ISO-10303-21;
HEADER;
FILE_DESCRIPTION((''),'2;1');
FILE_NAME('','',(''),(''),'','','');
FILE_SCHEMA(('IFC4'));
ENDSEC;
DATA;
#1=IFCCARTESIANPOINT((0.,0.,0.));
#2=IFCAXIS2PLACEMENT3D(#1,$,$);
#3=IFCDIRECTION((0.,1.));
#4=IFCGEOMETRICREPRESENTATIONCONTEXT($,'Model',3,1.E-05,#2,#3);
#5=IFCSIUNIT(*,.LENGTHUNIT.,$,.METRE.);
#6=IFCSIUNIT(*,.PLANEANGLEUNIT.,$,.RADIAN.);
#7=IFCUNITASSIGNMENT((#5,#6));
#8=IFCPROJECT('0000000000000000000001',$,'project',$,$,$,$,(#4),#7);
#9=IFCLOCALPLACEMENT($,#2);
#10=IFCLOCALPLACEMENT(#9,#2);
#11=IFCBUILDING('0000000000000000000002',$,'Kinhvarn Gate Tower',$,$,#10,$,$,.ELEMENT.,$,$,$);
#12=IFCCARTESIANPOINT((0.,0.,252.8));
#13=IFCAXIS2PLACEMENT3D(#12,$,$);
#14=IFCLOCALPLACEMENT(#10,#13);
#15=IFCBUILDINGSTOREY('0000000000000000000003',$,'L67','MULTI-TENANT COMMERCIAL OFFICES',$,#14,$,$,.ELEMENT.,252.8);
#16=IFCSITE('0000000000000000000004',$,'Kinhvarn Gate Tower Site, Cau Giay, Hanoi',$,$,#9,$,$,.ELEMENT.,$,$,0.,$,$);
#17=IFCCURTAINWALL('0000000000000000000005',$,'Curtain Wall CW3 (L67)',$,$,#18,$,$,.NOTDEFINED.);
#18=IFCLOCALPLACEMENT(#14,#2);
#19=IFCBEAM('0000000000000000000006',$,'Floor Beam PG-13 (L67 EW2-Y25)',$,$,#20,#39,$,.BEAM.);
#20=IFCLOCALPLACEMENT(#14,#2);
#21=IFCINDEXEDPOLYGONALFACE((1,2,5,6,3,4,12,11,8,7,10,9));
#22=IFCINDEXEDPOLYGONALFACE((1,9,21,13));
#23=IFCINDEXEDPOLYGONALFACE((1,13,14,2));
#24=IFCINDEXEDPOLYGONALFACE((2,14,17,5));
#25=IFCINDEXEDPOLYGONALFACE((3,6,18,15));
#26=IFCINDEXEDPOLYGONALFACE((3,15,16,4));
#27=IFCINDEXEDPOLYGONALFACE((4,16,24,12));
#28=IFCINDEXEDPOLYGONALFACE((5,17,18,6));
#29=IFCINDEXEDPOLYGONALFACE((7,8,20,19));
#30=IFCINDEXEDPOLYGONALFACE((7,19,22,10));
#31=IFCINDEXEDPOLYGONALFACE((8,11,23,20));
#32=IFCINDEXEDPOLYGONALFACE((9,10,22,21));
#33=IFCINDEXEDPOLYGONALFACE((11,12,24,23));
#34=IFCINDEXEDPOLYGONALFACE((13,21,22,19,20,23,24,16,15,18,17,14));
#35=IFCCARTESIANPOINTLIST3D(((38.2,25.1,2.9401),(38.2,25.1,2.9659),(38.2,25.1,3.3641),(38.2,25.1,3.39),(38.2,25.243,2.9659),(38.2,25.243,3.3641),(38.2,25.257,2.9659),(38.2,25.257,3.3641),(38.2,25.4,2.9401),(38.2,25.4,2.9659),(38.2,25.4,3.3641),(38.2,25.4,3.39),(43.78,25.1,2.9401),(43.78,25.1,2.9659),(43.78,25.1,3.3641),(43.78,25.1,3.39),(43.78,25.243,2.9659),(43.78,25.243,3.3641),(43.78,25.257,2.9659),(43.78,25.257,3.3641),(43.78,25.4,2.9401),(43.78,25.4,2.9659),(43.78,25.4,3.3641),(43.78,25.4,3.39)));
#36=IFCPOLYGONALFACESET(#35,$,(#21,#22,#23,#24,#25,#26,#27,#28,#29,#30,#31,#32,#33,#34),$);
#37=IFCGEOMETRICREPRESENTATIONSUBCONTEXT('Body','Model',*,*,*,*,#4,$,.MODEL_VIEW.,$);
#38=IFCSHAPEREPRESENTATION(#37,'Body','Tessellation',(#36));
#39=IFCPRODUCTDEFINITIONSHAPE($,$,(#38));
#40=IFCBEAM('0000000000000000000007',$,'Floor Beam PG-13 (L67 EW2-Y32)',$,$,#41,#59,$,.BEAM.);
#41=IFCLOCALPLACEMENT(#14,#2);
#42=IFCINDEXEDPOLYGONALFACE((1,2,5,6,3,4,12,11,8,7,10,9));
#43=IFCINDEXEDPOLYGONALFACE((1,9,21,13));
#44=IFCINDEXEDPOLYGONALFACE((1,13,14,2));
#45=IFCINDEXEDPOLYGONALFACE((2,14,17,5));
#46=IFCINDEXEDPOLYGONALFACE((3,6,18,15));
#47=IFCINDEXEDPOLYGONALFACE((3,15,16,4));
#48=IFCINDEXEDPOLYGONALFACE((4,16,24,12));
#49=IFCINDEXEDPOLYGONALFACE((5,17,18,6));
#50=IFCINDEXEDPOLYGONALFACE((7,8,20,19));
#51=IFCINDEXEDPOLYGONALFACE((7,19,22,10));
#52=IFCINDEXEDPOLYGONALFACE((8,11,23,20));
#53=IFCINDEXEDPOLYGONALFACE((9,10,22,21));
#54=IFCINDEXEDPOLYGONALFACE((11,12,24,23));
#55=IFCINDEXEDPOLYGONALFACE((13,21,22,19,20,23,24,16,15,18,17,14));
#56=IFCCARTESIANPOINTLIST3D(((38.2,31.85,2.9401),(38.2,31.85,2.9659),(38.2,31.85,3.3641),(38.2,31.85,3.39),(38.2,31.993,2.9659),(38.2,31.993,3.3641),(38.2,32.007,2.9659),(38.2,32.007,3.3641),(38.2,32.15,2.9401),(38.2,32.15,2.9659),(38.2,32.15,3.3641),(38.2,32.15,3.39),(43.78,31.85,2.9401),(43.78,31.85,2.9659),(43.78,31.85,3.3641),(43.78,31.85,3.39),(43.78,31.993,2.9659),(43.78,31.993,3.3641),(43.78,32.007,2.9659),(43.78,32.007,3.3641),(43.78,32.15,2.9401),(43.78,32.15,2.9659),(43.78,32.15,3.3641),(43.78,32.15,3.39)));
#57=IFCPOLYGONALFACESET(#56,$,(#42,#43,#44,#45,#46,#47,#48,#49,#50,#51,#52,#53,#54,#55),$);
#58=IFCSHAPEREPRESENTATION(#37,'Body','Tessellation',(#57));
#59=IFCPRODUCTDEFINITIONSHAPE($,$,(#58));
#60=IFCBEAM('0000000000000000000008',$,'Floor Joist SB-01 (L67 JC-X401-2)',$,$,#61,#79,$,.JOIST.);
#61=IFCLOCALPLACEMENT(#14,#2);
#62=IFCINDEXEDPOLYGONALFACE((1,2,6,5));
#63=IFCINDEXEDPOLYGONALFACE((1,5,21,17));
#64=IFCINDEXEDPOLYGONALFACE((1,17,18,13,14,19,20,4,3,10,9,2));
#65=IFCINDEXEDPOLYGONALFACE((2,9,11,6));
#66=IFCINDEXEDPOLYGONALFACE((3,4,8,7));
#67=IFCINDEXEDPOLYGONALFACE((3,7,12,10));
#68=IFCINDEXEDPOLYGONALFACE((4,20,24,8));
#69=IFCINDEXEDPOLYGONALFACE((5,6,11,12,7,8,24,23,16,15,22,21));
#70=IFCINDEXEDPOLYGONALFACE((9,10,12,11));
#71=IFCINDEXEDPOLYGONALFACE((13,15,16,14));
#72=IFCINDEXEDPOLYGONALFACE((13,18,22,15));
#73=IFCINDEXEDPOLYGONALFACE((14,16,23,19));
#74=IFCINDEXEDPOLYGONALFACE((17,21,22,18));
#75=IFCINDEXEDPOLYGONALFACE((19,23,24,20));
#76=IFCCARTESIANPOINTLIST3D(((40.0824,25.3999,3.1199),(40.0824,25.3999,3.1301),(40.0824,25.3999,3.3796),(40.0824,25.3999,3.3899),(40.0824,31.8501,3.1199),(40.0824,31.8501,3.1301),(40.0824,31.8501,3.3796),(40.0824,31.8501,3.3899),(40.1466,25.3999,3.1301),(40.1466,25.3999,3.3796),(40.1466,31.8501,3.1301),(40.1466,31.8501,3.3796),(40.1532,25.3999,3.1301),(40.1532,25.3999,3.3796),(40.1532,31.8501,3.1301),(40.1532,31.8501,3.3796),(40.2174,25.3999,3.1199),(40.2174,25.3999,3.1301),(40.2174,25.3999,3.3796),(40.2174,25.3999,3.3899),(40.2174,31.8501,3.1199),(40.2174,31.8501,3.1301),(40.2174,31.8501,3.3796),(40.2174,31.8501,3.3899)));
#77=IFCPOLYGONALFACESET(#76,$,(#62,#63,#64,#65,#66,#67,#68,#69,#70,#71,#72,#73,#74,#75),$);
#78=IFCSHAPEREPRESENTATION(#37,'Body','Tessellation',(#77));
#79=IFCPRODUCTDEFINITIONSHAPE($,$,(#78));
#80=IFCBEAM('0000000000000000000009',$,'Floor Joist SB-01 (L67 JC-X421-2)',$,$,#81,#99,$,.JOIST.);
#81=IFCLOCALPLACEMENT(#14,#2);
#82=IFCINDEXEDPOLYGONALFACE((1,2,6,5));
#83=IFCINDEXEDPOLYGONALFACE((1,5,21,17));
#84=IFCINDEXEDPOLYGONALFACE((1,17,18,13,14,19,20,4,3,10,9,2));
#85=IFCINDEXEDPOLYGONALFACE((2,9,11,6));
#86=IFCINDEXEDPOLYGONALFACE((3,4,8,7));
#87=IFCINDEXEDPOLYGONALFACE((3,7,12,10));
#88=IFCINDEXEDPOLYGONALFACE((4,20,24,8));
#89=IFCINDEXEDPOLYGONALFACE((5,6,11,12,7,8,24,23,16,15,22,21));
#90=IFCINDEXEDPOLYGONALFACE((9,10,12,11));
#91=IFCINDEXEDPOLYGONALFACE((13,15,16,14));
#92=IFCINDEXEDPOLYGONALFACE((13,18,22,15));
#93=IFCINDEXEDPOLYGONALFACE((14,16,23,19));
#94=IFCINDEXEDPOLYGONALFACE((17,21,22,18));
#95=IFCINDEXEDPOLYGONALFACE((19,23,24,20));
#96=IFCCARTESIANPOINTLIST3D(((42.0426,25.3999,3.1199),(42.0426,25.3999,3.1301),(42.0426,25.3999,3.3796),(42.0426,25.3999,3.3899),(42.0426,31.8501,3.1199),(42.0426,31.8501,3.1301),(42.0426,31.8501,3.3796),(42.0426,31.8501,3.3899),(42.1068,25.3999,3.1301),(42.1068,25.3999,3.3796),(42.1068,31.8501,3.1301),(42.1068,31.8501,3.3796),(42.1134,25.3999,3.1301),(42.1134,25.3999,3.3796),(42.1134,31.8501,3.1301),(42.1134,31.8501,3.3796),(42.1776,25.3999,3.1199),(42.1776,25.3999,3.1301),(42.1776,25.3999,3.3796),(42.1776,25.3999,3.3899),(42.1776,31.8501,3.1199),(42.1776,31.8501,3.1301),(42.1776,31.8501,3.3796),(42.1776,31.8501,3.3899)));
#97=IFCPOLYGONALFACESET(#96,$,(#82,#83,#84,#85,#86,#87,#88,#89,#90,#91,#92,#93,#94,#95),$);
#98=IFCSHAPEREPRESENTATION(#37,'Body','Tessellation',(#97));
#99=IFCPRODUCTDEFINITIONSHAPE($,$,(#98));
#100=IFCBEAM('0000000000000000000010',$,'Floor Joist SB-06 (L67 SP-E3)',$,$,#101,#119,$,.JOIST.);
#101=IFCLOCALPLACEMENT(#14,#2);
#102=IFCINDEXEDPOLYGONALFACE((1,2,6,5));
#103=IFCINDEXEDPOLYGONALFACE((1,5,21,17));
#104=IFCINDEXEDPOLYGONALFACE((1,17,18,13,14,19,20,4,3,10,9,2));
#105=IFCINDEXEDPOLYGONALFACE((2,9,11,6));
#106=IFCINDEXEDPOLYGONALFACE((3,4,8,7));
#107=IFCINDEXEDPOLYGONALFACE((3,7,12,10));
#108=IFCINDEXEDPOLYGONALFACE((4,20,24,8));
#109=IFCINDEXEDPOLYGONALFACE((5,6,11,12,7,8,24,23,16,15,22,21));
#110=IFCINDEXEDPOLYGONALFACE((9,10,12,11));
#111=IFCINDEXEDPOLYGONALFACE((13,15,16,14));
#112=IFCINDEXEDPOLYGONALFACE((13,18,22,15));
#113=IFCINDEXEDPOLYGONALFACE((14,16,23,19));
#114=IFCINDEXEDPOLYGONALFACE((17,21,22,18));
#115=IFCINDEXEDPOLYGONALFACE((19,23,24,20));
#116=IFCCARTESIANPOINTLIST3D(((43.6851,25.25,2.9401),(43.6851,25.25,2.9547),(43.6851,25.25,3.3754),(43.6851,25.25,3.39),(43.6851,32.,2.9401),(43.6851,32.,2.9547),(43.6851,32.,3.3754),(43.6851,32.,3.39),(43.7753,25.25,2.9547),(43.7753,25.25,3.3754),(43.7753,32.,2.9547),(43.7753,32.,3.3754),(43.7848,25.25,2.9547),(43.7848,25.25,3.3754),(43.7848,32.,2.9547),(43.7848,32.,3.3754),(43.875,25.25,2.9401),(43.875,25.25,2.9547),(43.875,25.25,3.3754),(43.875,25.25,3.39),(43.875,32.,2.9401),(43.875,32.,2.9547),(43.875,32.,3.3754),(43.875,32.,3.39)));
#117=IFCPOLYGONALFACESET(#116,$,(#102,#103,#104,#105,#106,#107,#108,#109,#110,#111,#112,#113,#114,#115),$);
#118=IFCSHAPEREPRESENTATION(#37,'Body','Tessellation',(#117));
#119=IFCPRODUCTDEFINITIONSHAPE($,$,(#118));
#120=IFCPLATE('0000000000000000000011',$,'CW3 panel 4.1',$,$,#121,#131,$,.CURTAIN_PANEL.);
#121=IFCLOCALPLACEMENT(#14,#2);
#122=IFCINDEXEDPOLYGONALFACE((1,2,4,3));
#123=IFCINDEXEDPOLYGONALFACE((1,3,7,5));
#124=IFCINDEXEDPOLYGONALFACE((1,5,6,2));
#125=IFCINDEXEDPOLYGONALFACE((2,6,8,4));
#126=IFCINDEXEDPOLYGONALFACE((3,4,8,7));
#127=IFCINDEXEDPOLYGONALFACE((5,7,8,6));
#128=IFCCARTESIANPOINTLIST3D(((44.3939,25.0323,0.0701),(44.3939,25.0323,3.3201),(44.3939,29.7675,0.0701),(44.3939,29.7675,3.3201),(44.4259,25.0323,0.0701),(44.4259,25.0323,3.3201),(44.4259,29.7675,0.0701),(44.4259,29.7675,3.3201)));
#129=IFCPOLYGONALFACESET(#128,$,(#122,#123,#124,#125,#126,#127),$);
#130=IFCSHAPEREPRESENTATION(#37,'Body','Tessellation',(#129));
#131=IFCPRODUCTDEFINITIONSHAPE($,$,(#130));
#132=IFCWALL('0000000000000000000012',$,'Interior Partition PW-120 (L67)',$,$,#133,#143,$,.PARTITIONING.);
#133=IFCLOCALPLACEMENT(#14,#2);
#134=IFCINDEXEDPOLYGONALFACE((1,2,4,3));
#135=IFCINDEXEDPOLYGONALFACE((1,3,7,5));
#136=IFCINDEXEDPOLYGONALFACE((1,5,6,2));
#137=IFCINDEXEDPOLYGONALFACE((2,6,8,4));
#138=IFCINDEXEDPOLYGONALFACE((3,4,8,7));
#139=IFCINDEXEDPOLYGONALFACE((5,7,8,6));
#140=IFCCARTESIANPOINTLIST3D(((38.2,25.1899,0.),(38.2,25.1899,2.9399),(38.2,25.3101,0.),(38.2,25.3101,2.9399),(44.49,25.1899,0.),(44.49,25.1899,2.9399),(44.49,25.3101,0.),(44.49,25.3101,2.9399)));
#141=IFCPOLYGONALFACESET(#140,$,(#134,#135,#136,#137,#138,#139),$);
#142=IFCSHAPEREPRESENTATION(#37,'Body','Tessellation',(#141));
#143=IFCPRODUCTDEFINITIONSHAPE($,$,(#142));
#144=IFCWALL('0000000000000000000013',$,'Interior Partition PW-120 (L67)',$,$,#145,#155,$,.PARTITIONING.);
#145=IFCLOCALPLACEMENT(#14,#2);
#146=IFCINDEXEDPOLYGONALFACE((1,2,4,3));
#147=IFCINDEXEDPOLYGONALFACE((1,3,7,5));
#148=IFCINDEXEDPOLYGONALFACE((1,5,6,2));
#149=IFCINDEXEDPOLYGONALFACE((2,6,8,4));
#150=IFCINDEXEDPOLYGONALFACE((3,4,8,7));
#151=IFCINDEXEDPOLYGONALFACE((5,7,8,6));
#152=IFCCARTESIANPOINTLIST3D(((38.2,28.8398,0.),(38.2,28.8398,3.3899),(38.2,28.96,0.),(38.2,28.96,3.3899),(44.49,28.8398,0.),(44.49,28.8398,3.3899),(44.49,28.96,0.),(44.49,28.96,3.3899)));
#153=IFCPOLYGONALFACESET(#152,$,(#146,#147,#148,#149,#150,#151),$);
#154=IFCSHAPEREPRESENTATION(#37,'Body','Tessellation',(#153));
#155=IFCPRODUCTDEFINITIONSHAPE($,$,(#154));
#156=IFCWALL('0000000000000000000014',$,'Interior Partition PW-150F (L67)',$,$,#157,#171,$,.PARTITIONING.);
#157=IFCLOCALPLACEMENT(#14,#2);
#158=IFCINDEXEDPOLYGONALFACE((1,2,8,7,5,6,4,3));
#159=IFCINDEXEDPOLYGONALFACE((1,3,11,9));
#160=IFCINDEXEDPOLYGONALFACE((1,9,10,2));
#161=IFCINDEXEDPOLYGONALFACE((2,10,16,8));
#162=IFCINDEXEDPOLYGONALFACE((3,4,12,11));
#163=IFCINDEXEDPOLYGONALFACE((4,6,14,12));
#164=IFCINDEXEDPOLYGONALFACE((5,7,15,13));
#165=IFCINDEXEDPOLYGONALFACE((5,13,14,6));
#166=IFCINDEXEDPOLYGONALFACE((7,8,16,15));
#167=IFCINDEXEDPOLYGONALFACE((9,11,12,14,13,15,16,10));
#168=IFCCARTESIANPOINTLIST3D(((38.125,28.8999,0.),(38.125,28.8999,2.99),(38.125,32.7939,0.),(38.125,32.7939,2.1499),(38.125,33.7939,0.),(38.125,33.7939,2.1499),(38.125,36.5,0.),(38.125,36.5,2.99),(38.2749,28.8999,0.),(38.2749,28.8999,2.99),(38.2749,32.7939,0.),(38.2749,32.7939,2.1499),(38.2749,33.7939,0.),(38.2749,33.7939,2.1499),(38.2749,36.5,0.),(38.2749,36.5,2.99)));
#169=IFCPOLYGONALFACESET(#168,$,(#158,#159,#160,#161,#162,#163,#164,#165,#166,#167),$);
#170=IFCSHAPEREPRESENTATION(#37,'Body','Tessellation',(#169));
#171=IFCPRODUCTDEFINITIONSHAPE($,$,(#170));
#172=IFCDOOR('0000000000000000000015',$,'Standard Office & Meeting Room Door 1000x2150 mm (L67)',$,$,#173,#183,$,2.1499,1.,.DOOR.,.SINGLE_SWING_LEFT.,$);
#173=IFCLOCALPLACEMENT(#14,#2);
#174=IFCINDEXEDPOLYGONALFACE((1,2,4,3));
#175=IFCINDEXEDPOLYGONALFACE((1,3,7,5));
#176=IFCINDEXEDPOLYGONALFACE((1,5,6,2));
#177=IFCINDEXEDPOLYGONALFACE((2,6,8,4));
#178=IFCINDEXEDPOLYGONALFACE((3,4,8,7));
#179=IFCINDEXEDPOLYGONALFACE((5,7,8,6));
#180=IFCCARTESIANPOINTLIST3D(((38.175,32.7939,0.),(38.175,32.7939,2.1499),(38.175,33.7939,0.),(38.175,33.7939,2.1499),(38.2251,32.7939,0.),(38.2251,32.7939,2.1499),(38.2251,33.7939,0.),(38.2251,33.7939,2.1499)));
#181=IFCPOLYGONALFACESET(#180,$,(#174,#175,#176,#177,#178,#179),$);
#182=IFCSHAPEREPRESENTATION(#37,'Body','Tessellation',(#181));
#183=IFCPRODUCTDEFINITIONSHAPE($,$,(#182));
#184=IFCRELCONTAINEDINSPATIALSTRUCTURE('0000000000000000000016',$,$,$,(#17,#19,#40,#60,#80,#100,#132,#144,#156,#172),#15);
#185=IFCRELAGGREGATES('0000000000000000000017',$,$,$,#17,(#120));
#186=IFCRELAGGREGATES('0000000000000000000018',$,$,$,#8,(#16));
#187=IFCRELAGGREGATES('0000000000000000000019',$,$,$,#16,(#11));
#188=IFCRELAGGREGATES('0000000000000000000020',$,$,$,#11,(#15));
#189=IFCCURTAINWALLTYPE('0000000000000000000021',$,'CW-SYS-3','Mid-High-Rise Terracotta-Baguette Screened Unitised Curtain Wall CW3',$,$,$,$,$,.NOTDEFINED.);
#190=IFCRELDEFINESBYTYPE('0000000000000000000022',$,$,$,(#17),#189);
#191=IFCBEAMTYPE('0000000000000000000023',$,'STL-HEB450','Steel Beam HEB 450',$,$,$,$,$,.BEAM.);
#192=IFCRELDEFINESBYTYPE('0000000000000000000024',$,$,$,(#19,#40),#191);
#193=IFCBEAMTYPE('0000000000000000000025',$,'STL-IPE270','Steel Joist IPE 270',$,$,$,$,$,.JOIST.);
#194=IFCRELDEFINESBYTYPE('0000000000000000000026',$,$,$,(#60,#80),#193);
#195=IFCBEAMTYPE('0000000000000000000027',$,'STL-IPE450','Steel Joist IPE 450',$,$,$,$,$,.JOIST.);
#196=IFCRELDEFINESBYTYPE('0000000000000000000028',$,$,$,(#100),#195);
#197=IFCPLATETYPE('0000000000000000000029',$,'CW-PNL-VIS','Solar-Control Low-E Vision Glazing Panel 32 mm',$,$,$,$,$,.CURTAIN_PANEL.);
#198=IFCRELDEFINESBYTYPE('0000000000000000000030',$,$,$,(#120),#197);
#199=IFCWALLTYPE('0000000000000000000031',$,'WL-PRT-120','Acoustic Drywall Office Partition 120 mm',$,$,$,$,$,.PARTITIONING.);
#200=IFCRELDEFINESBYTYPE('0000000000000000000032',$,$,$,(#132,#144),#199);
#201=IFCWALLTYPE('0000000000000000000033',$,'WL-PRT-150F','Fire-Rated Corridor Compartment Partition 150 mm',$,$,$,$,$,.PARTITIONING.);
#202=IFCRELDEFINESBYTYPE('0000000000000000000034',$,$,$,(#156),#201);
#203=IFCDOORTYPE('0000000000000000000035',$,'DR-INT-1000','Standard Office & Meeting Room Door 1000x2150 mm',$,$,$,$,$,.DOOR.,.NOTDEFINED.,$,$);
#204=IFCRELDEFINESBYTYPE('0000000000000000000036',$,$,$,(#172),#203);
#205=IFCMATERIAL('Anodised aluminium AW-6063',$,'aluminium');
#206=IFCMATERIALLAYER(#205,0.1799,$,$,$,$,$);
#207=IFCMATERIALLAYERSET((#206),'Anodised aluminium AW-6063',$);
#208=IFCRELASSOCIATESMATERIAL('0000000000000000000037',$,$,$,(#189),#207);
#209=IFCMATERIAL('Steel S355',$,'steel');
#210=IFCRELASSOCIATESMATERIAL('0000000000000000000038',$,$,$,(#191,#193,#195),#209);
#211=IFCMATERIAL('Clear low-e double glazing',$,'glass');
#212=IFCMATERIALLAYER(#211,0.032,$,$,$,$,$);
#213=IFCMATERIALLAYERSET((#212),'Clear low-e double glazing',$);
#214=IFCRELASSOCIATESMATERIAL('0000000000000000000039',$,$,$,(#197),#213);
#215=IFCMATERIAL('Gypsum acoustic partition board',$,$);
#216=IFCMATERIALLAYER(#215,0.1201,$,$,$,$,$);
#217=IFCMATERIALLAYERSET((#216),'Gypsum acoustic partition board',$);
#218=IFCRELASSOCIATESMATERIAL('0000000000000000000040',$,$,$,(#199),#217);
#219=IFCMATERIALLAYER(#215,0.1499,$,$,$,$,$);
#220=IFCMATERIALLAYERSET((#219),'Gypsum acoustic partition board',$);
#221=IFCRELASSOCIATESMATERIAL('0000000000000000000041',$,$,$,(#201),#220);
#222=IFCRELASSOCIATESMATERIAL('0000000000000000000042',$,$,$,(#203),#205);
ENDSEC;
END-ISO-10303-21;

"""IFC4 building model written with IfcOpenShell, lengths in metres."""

from ifc_helpers import new_model, si_unit, direction, frame, frame_2d, origin, origin_2d, place, context, subcontext, project, spatial, rectangle, i_section, extrude, material, layer, layer_set, material_profile, profile_set, type_object, element, fill, aggregate, save


model = new_model("IFC4")

# Units and contexts
model_context = context("Model", 3, precision=1e-05, world=origin(), true_north=direction((0.0, 1.0)))
body_context = subcontext(model_context, "Body", "Model", "MODEL_VIEW")
ifc_project = project(units=[si_unit("LENGTHUNIT", "METRE"), si_unit("PLANEANGLEUNIT", "RADIAN")], contexts=[model_context])

# Site, building, storey
site_placement = place(None, origin())
site = spatial("IfcSite", under=ifc_project, at=site_placement, Name="Kinhvarn Gate Tower Site, Cau Giay, Hanoi", CompositionType="ELEMENT", RefElevation=0.0)
building_placement = place(site_placement, origin())
building = spatial("IfcBuilding", under=site, at=building_placement, Name="Kinhvarn Gate Tower", CompositionType="ELEMENT")
storey_placement = place(building_placement, frame((0.0, 0.0, 252.8)))
storey = spatial("IfcBuildingStorey", under=building, at=storey_placement, Name="L67", Description="MULTI-TENANT COMMERCIAL OFFICES", CompositionType="ELEMENT", Elevation=252.8)

# Curtain wall
ifc_material_1 = material(Name="Anodised aluminium AW-6063", Category="aluminium")
ifc_layer_1 = layer(ifc_material_1, 0.1799)
ifc_layer_set_1 = layer_set([ifc_layer_1], Name="Anodised aluminium AW-6063")
curtain_wall_type = type_object("IfcCurtainWallType", Name="CW-SYS-3", Description="Mid-High-Rise Terracotta-Baguette Screened Unitised Curtain Wall CW3", PredefinedType="NOTDEFINED", material=ifc_layer_set_1)
curtain_wall_placement = place(storey_placement, origin())
curtain_wall = element("IfcCurtainWall", 1, at=curtain_wall_placement, inside=storey, type_object=curtain_wall_type, Name="Curtain Wall CW3 (L67)", PredefinedType="NOTDEFINED")

# Beams
ifc_material_2 = material(Name="Steel S355", Category="steel")
ifc_material_profile_1 = material_profile(ifc_material_2, i_section(OverallWidth=0.3, OverallDepth=0.45, WebThickness=0.0139, FlangeThickness=0.0259, at=origin_2d()), Name="HEB 450")
ifc_profile_set_1 = profile_set([ifc_material_profile_1], Name="Steel S355")
beam_type_1 = type_object("IfcBeamType", Name="STL-HEB450", Description="Steel Beam HEB 450", PredefinedType="BEAM", material=ifc_profile_set_1)
for number, where, z_axis, x_axis, name in (
    (2, (38.2, 25.25, 3.165), (1.0, 0.0, 0.0), (0.0, 1.0, 0.0), "Floor Beam PG-13 (L67 EW2-Y25)"),
    (3, (38.2, 32.0, 3.165), (1.0, 0.0, 0.0), (0.0, 1.0, 0.0), "Floor Beam PG-13 (L67 EW2-Y32)"),
):
    element("IfcBeam", number, at=place(storey_placement, frame(where, z_axis=z_axis, x_axis=x_axis)), inside=storey, type_object=beam_type_1, Name=name, PredefinedType="BEAM", context=body_context, shape_type="SweptSolid", body=[
        extrude(i_section(OverallWidth=0.3, OverallDepth=0.45, WebThickness=0.0139, FlangeThickness=0.0259, at=origin_2d()), origin(), (0.0, 0.0, 1.0), 5.5801),
    ])
ifc_material_profile_2 = material_profile(ifc_material_2, i_section(OverallWidth=0.135, OverallDepth=0.27, WebThickness=0.0066, FlangeThickness=0.0103, at=origin_2d()), Name="IPE 270")
ifc_profile_set_2 = profile_set([ifc_material_profile_2], Name="Steel S355")
beam_type_2 = type_object("IfcBeamType", Name="STL-IPE270", Description="Steel Joist IPE 270", PredefinedType="JOIST", material=ifc_profile_set_2)
for number, where, z_axis, x_axis, name in (
    (4, (40.1499, 25.3999, 3.2549), (0.0, 1.0, 0.0), (-1.0, 0.0, 0.0), "Floor Joist SB-01 (L67 JC-X401-2)"),
    (5, (42.1101, 25.3999, 3.2549), (0.0, 1.0, 0.0), (-1.0, 0.0, 0.0), "Floor Joist SB-01 (L67 JC-X421-2)"),
):
    element("IfcBeam", number, at=place(storey_placement, frame(where, z_axis=z_axis, x_axis=x_axis)), inside=storey, type_object=beam_type_2, Name=name, PredefinedType="JOIST", context=body_context, shape_type="SweptSolid", body=[
        extrude(i_section(OverallWidth=0.135, OverallDepth=0.27, WebThickness=0.0066, FlangeThickness=0.0103, at=origin_2d()), origin(), (0.0, 0.0, 1.0), 6.4502),
    ])
ifc_material_profile_3 = material_profile(ifc_material_2, i_section(OverallWidth=0.1899, OverallDepth=0.45, WebThickness=0.0095, FlangeThickness=0.0146, at=origin_2d()), Name="IPE 450")
ifc_profile_set_3 = profile_set([ifc_material_profile_3], Name="Steel S355")
beam_type_3 = type_object("IfcBeamType", Name="STL-IPE450", Description="Steel Joist IPE 450", PredefinedType="JOIST", material=ifc_profile_set_3)
beam_1_placement = place(storey_placement, frame((43.78, 25.25, 3.165), z_axis=(0.0, 1.0, 0.0), x_axis=(-1.0, 0.0, 0.0)))
element("IfcBeam", 6, at=beam_1_placement, inside=storey, type_object=beam_type_3, Name="Floor Joist SB-06 (L67 SP-E3)", PredefinedType="JOIST", context=body_context, shape_type="SweptSolid", body=[
    extrude(i_section(OverallWidth=0.1899, OverallDepth=0.45, WebThickness=0.0095, FlangeThickness=0.0146, at=origin_2d()), origin(), (0.0, 0.0, 1.0), 6.75),
])

# Plate
ifc_material_3 = material(Name="Clear low-e double glazing", Category="glass")
ifc_layer_2 = layer(ifc_material_3, 0.032)
ifc_layer_set_2 = layer_set([ifc_layer_2], Name="Clear low-e double glazing")
plate_type = type_object("IfcPlateType", Name="CW-PNL-VIS", Description="Solar-Control Low-E Vision Glazing Panel 32 mm", PredefinedType="CURTAIN_PANEL", material=ifc_layer_set_2)
plate_placement = place(storey_placement, frame((44.4099, 27.3999, 0.0701), z_axis=(0.0, 0.0, 1.0), x_axis=(0.0, 1.0, 0.0)))
plate = element("IfcPlate", 7, at=plate_placement, type_object=plate_type, Name="CW3 panel 4.1", PredefinedType="CURTAIN_PANEL", context=body_context, shape_type="SweptSolid", body=[
    extrude(rectangle(XDim=4.7351, YDim=0.032, at=origin_2d()), origin(), (0.0, 0.0, 1.0), 3.25),
])
aggregate(curtain_wall, [plate])

# Walls
ifc_material_4 = material(Name="Gypsum acoustic partition board")
ifc_layer_3 = layer(ifc_material_4, 0.1201)
ifc_layer_set_3 = layer_set([ifc_layer_3], Name="Gypsum acoustic partition board")
wall_type_1 = type_object("IfcWallType", Name="WL-PRT-120", Description="Acoustic Drywall Office Partition 120 mm", PredefinedType="PARTITIONING", material=ifc_layer_set_3)
wall_1_placement = place(storey_placement, frame((38.2, 25.25, 0.0), z_axis=(0.0, 0.0, 1.0), x_axis=(1.0, 0.0, 0.0)))
element("IfcWall", 8, at=wall_1_placement, inside=storey, type_object=wall_type_1, Name="Interior Partition PW-120 (L67)", PredefinedType="PARTITIONING", context=body_context, shape_type="SweptSolid", body=[
    extrude(rectangle(XDim=6.29, YDim=0.1201, at=frame_2d((3.145, 0.0))), origin(), (0.0, 0.0, 1.0), 2.9399),
])
wall_2_placement = place(storey_placement, frame((38.2, 28.8999, 0.0), z_axis=(0.0, 0.0, 1.0), x_axis=(1.0, 0.0, 0.0)))
element("IfcWall", 9, at=wall_2_placement, inside=storey, type_object=wall_type_1, Name="Interior Partition PW-120 (L67)", PredefinedType="PARTITIONING", context=body_context, shape_type="SweptSolid", body=[
    extrude(rectangle(XDim=6.29, YDim=0.1201, at=frame_2d((3.145, 0.0))), origin(), (0.0, 0.0, 1.0), 3.3899),
])

# Wall, opening, door
ifc_layer_4 = layer(ifc_material_4, 0.1499)
ifc_layer_set_4 = layer_set([ifc_layer_4], Name="Gypsum acoustic partition board")
wall_type_2 = type_object("IfcWallType", Name="WL-PRT-150F", Description="Fire-Rated Corridor Compartment Partition 150 mm", PredefinedType="PARTITIONING", material=ifc_layer_set_4)
door_type = type_object("IfcDoorType", Name="DR-INT-1000", Description="Standard Office & Meeting Room Door 1000x2150 mm", OperationType="NOTDEFINED", PredefinedType="DOOR", material=ifc_material_1)
wall_3_placement = place(storey_placement, frame((38.2, 28.8999, 0.0), z_axis=(0.0, 0.0, 1.0), x_axis=(0.0, 1.0, 0.0)))
wall_3 = element("IfcWall", 10, at=wall_3_placement, inside=storey, type_object=wall_type_2, Name="Interior Partition PW-150F (L67)", PredefinedType="PARTITIONING", context=body_context, shape_type="SweptSolid", body=[
    extrude(rectangle(XDim=7.6001, YDim=0.1499, at=frame_2d((3.8, 0.0))), origin(), (0.0, 0.0, 1.0), 2.99),
])
opening_1_placement = place(wall_3_placement, frame((3.894, 0.0, 0.0)))
opening_1 = element("IfcOpeningElement", 11, at=opening_1_placement, cuts=wall_3, PredefinedType="OPENING", context=body_context, shape_type="SweptSolid", body=[
    extrude(rectangle(XDim=1.0, YDim=2.1499, at=frame_2d((0.5, 1.075))), frame((0.0, 0.085, 0.0), z_axis=(0.0, -1.0, 0.0), x_axis=(1.0, 0.0, 0.0)), (0.0, 0.0, 1.0), 0.1699),
])
door_1_placement = place(opening_1_placement, origin())
door_1 = element("IfcDoor", 12, at=door_1_placement, inside=storey, type_object=door_type, Name="Standard Office & Meeting Room Door 1000x2150 mm (L67)", OperationType="SINGLE_SWING_LEFT", OverallHeight=2.1499, OverallWidth=1.0, PredefinedType="DOOR", context=body_context, shape_type="SweptSolid", body=[
    extrude(rectangle(XDim=1.0, YDim=2.1499, at=frame_2d((0.5, 1.075))), frame((0.0, 0.0249, 0.0), z_axis=(0.0, -1.0, 0.0), x_axis=(1.0, 0.0, 0.0)), (0.0, 0.0, 1.0), 0.05),
])
fill(opening_1, door_1)

save(model, "model.ifc")
